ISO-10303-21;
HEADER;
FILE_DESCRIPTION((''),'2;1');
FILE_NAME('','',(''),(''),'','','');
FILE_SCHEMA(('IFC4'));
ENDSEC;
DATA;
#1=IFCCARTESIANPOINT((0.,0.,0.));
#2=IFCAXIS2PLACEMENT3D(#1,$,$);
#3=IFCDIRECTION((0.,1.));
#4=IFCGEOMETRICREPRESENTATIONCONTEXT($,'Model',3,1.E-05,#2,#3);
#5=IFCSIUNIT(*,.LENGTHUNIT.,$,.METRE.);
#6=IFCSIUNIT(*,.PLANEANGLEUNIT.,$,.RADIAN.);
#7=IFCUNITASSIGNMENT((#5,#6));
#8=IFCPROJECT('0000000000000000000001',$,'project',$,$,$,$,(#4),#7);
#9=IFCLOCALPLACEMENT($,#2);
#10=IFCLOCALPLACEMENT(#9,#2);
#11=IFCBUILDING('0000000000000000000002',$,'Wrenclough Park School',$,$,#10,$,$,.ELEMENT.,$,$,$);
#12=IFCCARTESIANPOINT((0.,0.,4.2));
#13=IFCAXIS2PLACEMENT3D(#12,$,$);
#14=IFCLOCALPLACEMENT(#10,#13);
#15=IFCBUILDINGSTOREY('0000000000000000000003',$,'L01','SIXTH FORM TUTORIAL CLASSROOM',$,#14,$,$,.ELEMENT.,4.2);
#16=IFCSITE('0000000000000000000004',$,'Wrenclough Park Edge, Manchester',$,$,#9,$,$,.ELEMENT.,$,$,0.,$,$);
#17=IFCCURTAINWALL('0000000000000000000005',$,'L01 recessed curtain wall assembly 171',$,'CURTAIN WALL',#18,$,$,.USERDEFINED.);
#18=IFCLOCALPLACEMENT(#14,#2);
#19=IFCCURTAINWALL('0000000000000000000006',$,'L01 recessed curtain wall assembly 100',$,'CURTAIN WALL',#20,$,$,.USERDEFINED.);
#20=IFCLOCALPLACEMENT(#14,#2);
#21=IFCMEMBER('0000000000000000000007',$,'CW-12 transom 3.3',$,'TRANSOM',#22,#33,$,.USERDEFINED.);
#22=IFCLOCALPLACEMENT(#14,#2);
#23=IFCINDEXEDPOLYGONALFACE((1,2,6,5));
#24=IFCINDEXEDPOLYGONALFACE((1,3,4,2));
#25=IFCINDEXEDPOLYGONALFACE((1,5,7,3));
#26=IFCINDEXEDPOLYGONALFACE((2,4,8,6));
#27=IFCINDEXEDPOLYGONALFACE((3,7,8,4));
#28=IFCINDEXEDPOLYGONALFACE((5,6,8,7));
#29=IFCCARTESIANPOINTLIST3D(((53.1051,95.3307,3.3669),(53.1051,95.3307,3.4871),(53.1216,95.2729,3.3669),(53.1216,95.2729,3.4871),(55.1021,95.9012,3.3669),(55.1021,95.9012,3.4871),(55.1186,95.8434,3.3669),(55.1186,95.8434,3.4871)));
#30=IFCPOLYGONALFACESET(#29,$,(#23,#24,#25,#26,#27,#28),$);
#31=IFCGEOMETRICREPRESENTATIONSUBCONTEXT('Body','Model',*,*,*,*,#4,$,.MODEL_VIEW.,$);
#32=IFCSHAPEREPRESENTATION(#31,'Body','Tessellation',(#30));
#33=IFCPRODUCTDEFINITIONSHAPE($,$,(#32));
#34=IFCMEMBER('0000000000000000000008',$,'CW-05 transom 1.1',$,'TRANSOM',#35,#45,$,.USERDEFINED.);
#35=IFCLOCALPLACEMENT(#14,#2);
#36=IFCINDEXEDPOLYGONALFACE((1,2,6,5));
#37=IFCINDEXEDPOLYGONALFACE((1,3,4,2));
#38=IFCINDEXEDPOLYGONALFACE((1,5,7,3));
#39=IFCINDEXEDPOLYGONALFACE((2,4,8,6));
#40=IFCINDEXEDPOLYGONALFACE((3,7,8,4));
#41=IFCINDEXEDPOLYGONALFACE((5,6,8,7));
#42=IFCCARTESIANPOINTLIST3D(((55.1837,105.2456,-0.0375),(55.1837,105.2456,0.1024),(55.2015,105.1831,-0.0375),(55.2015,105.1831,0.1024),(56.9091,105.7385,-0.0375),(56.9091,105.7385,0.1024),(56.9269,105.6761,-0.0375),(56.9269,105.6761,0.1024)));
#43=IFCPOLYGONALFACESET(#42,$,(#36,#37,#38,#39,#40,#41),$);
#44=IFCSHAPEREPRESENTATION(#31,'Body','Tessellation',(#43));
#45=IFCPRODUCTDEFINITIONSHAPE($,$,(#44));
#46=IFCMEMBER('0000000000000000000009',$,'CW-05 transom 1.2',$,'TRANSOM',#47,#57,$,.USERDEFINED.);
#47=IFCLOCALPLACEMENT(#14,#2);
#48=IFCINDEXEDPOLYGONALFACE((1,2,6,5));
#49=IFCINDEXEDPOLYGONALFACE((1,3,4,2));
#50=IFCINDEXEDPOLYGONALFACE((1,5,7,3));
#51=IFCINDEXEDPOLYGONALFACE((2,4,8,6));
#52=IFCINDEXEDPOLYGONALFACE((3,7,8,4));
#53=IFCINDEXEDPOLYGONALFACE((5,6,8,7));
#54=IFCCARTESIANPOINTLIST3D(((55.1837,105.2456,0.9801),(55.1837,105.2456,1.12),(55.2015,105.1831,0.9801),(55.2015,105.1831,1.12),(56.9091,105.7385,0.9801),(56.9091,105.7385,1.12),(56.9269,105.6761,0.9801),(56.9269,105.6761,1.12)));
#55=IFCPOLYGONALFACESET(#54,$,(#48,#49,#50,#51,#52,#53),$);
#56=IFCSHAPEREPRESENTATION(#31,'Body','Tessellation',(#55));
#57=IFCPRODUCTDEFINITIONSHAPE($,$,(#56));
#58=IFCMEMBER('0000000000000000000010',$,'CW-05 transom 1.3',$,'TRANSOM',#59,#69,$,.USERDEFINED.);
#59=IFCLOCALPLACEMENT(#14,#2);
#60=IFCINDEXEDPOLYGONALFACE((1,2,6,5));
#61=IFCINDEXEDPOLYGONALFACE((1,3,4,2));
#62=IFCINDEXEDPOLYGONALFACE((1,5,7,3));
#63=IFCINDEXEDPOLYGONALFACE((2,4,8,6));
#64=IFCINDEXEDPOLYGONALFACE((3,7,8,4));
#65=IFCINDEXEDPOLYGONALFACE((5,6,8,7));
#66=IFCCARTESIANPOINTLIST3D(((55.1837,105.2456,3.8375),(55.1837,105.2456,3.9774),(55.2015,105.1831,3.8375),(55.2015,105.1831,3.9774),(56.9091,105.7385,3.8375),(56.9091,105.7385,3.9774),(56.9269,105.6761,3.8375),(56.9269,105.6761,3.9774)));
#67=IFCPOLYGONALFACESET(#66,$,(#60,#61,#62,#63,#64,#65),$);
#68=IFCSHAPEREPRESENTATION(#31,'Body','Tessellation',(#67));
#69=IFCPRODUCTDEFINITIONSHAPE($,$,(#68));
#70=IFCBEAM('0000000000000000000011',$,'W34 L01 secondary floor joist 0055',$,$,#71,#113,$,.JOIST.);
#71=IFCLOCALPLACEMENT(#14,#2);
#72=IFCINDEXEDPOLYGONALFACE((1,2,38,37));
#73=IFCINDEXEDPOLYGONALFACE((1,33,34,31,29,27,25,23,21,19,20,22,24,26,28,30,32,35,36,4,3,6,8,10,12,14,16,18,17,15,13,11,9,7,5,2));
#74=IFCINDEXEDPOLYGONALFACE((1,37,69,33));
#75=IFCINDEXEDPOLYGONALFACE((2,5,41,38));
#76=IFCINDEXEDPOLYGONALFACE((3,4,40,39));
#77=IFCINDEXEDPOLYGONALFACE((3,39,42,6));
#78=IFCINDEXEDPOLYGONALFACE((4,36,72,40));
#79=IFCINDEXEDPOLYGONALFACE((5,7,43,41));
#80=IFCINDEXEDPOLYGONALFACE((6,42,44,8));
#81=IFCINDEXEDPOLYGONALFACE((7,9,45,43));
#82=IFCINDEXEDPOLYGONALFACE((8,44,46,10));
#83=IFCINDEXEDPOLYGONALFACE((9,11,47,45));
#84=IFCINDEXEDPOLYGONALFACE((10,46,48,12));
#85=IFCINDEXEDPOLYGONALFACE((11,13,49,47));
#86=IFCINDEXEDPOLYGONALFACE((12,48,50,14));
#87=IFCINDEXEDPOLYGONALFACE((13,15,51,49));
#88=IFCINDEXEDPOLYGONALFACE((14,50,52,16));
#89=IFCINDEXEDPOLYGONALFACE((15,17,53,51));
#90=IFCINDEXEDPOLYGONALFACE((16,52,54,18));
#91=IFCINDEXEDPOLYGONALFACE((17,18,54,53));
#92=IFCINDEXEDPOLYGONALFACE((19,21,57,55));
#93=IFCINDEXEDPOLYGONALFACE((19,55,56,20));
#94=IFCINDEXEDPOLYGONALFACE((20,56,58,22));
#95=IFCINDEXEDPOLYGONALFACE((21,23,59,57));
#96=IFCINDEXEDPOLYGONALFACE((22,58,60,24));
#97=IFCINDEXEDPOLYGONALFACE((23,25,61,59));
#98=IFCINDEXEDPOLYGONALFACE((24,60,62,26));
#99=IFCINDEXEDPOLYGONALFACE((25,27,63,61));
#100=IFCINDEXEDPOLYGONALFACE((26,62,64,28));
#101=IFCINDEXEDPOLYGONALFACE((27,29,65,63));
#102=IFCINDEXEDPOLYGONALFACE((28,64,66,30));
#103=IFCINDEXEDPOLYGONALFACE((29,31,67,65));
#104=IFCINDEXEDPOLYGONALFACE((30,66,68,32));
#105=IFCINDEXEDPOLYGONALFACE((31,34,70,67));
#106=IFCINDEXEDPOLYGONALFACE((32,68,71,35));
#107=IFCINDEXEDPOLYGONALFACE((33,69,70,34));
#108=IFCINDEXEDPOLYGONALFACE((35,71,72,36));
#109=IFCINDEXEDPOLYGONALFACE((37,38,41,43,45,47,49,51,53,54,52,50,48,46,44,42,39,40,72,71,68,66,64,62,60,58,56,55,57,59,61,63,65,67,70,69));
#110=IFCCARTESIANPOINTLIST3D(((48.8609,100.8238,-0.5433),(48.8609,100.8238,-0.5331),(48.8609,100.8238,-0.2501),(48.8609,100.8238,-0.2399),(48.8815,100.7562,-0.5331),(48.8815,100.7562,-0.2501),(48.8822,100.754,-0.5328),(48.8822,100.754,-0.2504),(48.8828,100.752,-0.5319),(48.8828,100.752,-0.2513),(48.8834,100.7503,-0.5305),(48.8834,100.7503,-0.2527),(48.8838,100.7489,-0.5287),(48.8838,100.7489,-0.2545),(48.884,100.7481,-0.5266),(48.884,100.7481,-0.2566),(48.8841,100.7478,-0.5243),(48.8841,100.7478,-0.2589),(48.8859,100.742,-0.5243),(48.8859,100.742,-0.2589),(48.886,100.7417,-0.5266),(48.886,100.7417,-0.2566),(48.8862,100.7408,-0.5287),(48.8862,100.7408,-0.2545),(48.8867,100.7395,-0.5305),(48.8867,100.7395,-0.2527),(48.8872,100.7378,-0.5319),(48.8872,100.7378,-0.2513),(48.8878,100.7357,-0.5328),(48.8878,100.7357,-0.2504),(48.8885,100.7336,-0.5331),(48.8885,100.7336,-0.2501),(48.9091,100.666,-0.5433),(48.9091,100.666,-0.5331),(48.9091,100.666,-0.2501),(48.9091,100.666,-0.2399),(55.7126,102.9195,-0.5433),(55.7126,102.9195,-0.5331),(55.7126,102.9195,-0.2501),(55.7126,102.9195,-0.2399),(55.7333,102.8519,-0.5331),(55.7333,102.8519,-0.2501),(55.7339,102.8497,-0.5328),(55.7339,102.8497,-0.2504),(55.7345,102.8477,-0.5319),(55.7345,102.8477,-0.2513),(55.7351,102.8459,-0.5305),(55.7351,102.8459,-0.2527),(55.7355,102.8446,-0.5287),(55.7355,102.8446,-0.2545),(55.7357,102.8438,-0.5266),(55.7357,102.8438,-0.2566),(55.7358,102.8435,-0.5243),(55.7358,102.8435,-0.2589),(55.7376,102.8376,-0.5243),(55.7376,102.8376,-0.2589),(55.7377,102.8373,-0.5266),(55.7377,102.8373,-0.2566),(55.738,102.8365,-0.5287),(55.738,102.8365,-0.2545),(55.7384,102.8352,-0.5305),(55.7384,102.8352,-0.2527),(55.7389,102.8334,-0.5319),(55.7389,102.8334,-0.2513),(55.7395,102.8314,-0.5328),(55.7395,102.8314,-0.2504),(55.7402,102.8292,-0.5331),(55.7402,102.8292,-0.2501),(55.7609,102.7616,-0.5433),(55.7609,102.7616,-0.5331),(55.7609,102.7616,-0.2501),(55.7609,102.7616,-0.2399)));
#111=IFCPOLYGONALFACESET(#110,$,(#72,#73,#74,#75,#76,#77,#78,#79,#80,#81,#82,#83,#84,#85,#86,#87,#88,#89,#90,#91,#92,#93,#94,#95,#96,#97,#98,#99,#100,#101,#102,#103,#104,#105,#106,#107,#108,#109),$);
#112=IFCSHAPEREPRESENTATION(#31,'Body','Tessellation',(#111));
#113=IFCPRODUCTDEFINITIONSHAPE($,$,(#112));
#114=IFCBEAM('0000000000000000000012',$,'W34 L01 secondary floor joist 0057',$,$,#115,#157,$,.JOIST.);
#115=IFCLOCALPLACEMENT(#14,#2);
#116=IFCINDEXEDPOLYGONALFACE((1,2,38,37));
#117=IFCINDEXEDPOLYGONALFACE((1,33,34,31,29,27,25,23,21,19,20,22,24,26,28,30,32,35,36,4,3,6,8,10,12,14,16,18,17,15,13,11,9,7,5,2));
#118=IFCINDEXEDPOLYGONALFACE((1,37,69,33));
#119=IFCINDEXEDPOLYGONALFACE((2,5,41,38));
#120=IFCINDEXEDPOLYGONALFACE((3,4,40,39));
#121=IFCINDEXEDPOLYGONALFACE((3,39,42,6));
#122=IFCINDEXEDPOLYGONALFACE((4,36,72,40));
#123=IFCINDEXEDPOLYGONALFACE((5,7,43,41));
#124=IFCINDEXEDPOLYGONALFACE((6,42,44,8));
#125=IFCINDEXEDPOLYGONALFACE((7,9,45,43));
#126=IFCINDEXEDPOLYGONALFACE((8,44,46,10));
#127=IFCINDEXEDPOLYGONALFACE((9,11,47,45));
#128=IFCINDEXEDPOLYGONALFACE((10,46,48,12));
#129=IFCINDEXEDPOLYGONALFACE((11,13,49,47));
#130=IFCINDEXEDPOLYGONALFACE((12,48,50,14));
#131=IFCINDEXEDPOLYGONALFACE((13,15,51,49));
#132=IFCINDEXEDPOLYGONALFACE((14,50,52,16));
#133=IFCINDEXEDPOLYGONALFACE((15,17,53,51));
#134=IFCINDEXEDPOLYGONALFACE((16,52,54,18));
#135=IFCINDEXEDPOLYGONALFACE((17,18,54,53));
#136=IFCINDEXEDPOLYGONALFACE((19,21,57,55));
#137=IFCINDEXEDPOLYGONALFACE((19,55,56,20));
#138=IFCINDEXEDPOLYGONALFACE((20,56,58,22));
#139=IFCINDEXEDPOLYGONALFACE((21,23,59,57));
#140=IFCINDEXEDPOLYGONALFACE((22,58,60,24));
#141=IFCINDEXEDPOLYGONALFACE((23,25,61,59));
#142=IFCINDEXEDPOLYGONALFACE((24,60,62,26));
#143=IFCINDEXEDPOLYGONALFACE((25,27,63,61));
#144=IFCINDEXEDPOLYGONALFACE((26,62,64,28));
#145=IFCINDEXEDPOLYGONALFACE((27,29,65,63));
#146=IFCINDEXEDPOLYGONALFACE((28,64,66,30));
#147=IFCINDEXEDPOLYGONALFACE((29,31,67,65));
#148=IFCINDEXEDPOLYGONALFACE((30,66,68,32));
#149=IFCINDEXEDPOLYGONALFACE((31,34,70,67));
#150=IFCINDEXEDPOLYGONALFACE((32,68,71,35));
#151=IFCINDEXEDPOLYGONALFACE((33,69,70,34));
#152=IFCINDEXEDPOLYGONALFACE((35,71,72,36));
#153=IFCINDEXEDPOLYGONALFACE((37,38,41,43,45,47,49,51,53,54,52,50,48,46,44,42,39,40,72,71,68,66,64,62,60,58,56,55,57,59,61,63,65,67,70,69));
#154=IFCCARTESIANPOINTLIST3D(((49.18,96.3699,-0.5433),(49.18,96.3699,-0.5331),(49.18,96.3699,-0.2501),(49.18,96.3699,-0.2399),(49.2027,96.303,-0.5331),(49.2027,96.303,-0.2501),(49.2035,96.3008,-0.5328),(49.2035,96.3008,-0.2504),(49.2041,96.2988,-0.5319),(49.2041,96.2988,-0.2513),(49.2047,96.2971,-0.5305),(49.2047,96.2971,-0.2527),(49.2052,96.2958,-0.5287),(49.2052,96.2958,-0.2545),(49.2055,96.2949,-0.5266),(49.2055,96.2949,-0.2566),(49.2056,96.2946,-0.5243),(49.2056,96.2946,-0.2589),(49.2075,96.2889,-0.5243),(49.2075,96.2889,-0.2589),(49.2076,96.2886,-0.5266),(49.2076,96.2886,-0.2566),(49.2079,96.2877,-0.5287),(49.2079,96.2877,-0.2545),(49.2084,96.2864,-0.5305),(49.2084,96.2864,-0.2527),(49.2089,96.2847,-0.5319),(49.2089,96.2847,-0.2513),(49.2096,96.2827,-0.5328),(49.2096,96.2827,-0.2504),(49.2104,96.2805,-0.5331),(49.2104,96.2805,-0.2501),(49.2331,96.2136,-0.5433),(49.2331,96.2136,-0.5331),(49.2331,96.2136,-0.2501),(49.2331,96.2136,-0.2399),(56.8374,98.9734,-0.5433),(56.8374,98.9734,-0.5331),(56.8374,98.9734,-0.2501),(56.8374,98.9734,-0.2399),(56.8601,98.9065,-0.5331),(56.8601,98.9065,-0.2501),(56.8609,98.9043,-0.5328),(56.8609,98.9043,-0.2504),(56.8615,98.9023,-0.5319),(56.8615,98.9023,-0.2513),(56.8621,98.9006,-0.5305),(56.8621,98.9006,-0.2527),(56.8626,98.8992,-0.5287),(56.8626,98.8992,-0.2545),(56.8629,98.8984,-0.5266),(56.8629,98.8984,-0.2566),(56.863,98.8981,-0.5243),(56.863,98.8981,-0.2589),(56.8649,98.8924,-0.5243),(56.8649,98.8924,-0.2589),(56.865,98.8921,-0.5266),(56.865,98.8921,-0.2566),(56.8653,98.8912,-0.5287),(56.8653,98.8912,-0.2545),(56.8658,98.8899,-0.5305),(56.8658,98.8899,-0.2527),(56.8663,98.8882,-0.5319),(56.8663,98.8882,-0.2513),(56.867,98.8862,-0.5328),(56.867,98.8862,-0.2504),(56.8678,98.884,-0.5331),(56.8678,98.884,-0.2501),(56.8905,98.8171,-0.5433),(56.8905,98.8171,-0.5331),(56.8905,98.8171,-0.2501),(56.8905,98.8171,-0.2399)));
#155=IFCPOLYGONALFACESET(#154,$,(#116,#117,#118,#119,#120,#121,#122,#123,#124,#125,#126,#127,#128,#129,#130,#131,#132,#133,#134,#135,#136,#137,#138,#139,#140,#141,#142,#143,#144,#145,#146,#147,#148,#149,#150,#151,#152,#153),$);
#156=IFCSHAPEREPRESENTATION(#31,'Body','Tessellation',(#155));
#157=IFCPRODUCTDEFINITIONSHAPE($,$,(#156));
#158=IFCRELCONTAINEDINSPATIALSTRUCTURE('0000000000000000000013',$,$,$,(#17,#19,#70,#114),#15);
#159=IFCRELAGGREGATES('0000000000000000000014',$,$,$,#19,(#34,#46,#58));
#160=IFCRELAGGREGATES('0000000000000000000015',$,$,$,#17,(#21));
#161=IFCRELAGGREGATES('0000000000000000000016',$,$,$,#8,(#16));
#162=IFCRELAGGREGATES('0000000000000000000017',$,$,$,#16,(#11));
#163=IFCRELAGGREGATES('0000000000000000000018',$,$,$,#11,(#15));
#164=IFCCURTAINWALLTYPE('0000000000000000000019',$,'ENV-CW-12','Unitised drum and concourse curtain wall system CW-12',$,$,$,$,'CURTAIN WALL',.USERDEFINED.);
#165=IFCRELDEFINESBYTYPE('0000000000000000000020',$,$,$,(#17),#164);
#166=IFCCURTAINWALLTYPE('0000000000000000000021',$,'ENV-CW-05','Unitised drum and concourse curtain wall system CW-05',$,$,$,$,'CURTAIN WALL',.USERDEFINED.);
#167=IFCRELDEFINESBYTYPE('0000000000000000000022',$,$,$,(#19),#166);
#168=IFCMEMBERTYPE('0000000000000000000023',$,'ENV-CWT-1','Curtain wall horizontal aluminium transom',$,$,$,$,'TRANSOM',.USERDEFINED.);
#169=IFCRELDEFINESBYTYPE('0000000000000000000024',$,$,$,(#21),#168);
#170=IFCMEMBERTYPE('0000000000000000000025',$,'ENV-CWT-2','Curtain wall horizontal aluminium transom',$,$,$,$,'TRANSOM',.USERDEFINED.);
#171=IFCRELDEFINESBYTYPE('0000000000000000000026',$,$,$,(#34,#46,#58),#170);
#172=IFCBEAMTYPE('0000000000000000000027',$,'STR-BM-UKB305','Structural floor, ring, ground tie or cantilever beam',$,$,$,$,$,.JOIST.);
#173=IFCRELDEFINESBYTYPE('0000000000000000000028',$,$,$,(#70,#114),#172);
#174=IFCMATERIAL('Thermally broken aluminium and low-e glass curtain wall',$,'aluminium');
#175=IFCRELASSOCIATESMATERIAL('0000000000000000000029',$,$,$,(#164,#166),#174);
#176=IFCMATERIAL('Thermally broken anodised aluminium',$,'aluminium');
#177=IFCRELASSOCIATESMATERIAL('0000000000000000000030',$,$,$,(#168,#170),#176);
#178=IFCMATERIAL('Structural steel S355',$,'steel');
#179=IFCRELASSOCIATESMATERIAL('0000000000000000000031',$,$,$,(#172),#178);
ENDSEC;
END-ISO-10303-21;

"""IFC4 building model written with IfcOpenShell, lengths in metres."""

from ifc_helpers import new_model, si_unit, direction, frame, origin, origin_2d, place, context, subcontext, project, spatial, rectangle, i_section, extrude, material, material_profile, profile_set, type_object, element, aggregate, save


model = new_model("IFC4")

# Units and contexts
model_context = context("Model", 3, precision=1e-05, world=origin(), true_north=direction((0.0, 1.0)))
body_context = subcontext(model_context, "Body", "Model", "MODEL_VIEW")
ifc_project = project(units=[si_unit("LENGTHUNIT", "METRE"), si_unit("PLANEANGLEUNIT", "RADIAN")], contexts=[model_context])

# Site, building, storey
site_placement = place(None, origin())
site = spatial("IfcSite", under=ifc_project, at=site_placement, Name="Wrenclough Park Edge, Manchester", CompositionType="ELEMENT", RefElevation=0.0)
building_placement = place(site_placement, origin())
building = spatial("IfcBuilding", under=site, at=building_placement, Name="Wrenclough Park School", CompositionType="ELEMENT")
storey_placement = place(building_placement, frame((0.0, 0.0, 4.2)))
storey = spatial("IfcBuildingStorey", under=building, at=storey_placement, Name="L01", Description="SIXTH FORM TUTORIAL CLASSROOM", CompositionType="ELEMENT", Elevation=4.2)

# Shared definitions
ifc_material_1 = material(Name="Structural steel S355", Category="steel")

# Shared definitions
ifc_material_2 = material(Name="Thermally broken aluminium and low-e glass curtain wall", Category="aluminium")
ifc_material_3 = material(Name="Thermally broken anodised aluminium", Category="aluminium")

# Curtain walls
curtain_wall_type_1 = type_object("IfcCurtainWallType", Name="ENV-CW-12", Description="Unitised drum and concourse curtain wall system CW-12", ElementType="CURTAIN WALL", PredefinedType="USERDEFINED", material=ifc_material_2)
curtain_wall_1_placement = place(storey_placement, origin())
curtain_wall_1 = element("IfcCurtainWall", 1, at=curtain_wall_1_placement, inside=storey, type_object=curtain_wall_type_1, Name="L01 recessed curtain wall assembly 171", ObjectType="CURTAIN WALL", PredefinedType="USERDEFINED")
curtain_wall_type_2 = type_object("IfcCurtainWallType", Name="ENV-CW-05", Description="Unitised drum and concourse curtain wall system CW-05", ElementType="CURTAIN WALL", PredefinedType="USERDEFINED", material=ifc_material_2)
curtain_wall_2_placement = place(storey_placement, origin())
curtain_wall_2 = element("IfcCurtainWall", 2, at=curtain_wall_2_placement, inside=storey, type_object=curtain_wall_type_2, Name="L01 recessed curtain wall assembly 100", ObjectType="CURTAIN WALL", PredefinedType="USERDEFINED")

# Members
ifc_material_profile_1 = material_profile(ifc_material_3, rectangle(XDim=0.0601, YDim=0.1201, at=origin_2d()), Name="AL TRANSOM 60x120")
ifc_profile_set_1 = profile_set([ifc_material_profile_1], Name="Thermally broken anodised aluminium")
member_type_1 = type_object("IfcMemberType", Name="ENV-CWT-1", Description="Curtain wall horizontal aluminium transom", ElementType="TRANSOM", PredefinedType="USERDEFINED", material=ifc_profile_set_1)
member_1_placement = place(storey_placement, frame((55.1104, 95.8723, 3.427), z_axis=(-0.961528, -0.274706, 0.0), x_axis=(0.274706, -0.961528, 0.0)))
member_1 = element("IfcMember", 3, at=member_1_placement, type_object=member_type_1, Name="CW-12 transom 3.3", ObjectType="TRANSOM", PredefinedType="USERDEFINED", context=body_context, shape_type="SweptSolid", body=[
    extrude(rectangle(XDim=0.0601, YDim=0.1201, at=origin_2d()), origin(), (0.0, 0.0, 1.0), 2.0769),
])
ifc_material_profile_2 = material_profile(ifc_material_3, rectangle(XDim=0.0649, YDim=0.1399, at=origin_2d()), Name="AL TRANSOM 65x140")
ifc_profile_set_2 = profile_set([ifc_material_profile_2], Name="Thermally broken anodised aluminium")
member_type_2 = type_object("IfcMemberType", Name="ENV-CWT-2", Description="Curtain wall horizontal aluminium transom", ElementType="TRANSOM", PredefinedType="USERDEFINED", material=ifc_profile_set_2)
member_2_placement = place(storey_placement, frame((55.1926, 105.2144, 0.0325), z_axis=(0.961529, 0.274703, 0.0), x_axis=(-0.274703, 0.961529, 0.0)))
member_2 = element("IfcMember", 4, at=member_2_placement, type_object=member_type_2, Name="CW-05 transom 1.1", ObjectType="TRANSOM", PredefinedType="USERDEFINED", context=body_context, shape_type="SweptSolid", body=[
    extrude(rectangle(XDim=0.0649, YDim=0.1399, at=origin_2d()), origin(), (0.0, 0.0, 1.0), 1.7944),
])
member_3_placement = place(storey_placement, frame((55.1926, 105.2144, 1.05), z_axis=(0.961529, 0.274703, 0.0), x_axis=(-0.274703, 0.961529, 0.0)))
member_3 = element("IfcMember", 5, at=member_3_placement, type_object=member_type_2, Name="CW-05 transom 1.2", ObjectType="TRANSOM", PredefinedType="USERDEFINED", context=body_context, shape_type="SweptSolid", body=[
    extrude(rectangle(XDim=0.0649, YDim=0.1399, at=origin_2d()), origin(), (0.0, 0.0, 1.0), 1.7944),
])
member_4_placement = place(storey_placement, frame((55.1926, 105.2144, 3.9075), z_axis=(0.961529, 0.274703, 0.0), x_axis=(-0.274703, 0.961529, 0.0)))
member_4 = element("IfcMember", 6, at=member_4_placement, type_object=member_type_2, Name="CW-05 transom 1.3", ObjectType="TRANSOM", PredefinedType="USERDEFINED", context=body_context, shape_type="SweptSolid", body=[
    extrude(rectangle(XDim=0.0649, YDim=0.1399, at=origin_2d()), origin(), (0.0, 0.0, 1.0), 1.7944),
])

# Beams
ifc_material_profile_3 = material_profile(ifc_material_1, i_section(OverallWidth=0.165, OverallDepth=0.3035, WebThickness=0.0061, FlangeThickness=0.0103, FilletRadius=0.0088, at=origin_2d()), Name="UKB 305x165x40")
ifc_profile_set_3 = profile_set([ifc_material_profile_3], Name="Structural steel S355")
beam_type_1 = type_object("IfcBeamType", Name="STR-BM-UKB305", Description="Structural floor, ring, ground tie or cantilever beam", PredefinedType="JOIST", material=ifc_profile_set_3)
beam_1_placement = place(storey_placement, frame((48.885, 100.7449, -0.3916), z_axis=(0.95627, 0.292486, 0.0), x_axis=(-0.292486, 0.95627, 0.0)))
element("IfcBeam", 7, at=beam_1_placement, inside=storey, type_object=beam_type_1, Name="W34 L01 secondary floor joist 0055", PredefinedType="JOIST", context=body_context, shape_type="SweptSolid", body=[
    extrude(i_section(OverallWidth=0.165, OverallDepth=0.3035, WebThickness=0.0061, FlangeThickness=0.0103, FilletRadius=0.0088, at=origin_2d()), origin(), (0.0, 0.0, 1.0), 7.165),
])
beam_2_placement = place(storey_placement, frame((49.2065, 96.2917, -0.3916), z_axis=(0.946774, 0.3219, 0.0), x_axis=(-0.3219, 0.946774, 0.0)))
element("IfcBeam", 8, at=beam_2_placement, inside=storey, type_object=beam_type_1, Name="W34 L01 secondary floor joist 0057", PredefinedType="JOIST", context=body_context, shape_type="SweptSolid", body=[
    extrude(i_section(OverallWidth=0.165, OverallDepth=0.3035, WebThickness=0.0061, FlangeThickness=0.0103, FilletRadius=0.0088, at=origin_2d()), origin(), (0.0, 0.0, 1.0), 8.0879),
])

aggregate(curtain_wall_2, [member_2, member_3, member_4])
aggregate(curtain_wall_1, [member_1])

save(model, "model.ifc")
